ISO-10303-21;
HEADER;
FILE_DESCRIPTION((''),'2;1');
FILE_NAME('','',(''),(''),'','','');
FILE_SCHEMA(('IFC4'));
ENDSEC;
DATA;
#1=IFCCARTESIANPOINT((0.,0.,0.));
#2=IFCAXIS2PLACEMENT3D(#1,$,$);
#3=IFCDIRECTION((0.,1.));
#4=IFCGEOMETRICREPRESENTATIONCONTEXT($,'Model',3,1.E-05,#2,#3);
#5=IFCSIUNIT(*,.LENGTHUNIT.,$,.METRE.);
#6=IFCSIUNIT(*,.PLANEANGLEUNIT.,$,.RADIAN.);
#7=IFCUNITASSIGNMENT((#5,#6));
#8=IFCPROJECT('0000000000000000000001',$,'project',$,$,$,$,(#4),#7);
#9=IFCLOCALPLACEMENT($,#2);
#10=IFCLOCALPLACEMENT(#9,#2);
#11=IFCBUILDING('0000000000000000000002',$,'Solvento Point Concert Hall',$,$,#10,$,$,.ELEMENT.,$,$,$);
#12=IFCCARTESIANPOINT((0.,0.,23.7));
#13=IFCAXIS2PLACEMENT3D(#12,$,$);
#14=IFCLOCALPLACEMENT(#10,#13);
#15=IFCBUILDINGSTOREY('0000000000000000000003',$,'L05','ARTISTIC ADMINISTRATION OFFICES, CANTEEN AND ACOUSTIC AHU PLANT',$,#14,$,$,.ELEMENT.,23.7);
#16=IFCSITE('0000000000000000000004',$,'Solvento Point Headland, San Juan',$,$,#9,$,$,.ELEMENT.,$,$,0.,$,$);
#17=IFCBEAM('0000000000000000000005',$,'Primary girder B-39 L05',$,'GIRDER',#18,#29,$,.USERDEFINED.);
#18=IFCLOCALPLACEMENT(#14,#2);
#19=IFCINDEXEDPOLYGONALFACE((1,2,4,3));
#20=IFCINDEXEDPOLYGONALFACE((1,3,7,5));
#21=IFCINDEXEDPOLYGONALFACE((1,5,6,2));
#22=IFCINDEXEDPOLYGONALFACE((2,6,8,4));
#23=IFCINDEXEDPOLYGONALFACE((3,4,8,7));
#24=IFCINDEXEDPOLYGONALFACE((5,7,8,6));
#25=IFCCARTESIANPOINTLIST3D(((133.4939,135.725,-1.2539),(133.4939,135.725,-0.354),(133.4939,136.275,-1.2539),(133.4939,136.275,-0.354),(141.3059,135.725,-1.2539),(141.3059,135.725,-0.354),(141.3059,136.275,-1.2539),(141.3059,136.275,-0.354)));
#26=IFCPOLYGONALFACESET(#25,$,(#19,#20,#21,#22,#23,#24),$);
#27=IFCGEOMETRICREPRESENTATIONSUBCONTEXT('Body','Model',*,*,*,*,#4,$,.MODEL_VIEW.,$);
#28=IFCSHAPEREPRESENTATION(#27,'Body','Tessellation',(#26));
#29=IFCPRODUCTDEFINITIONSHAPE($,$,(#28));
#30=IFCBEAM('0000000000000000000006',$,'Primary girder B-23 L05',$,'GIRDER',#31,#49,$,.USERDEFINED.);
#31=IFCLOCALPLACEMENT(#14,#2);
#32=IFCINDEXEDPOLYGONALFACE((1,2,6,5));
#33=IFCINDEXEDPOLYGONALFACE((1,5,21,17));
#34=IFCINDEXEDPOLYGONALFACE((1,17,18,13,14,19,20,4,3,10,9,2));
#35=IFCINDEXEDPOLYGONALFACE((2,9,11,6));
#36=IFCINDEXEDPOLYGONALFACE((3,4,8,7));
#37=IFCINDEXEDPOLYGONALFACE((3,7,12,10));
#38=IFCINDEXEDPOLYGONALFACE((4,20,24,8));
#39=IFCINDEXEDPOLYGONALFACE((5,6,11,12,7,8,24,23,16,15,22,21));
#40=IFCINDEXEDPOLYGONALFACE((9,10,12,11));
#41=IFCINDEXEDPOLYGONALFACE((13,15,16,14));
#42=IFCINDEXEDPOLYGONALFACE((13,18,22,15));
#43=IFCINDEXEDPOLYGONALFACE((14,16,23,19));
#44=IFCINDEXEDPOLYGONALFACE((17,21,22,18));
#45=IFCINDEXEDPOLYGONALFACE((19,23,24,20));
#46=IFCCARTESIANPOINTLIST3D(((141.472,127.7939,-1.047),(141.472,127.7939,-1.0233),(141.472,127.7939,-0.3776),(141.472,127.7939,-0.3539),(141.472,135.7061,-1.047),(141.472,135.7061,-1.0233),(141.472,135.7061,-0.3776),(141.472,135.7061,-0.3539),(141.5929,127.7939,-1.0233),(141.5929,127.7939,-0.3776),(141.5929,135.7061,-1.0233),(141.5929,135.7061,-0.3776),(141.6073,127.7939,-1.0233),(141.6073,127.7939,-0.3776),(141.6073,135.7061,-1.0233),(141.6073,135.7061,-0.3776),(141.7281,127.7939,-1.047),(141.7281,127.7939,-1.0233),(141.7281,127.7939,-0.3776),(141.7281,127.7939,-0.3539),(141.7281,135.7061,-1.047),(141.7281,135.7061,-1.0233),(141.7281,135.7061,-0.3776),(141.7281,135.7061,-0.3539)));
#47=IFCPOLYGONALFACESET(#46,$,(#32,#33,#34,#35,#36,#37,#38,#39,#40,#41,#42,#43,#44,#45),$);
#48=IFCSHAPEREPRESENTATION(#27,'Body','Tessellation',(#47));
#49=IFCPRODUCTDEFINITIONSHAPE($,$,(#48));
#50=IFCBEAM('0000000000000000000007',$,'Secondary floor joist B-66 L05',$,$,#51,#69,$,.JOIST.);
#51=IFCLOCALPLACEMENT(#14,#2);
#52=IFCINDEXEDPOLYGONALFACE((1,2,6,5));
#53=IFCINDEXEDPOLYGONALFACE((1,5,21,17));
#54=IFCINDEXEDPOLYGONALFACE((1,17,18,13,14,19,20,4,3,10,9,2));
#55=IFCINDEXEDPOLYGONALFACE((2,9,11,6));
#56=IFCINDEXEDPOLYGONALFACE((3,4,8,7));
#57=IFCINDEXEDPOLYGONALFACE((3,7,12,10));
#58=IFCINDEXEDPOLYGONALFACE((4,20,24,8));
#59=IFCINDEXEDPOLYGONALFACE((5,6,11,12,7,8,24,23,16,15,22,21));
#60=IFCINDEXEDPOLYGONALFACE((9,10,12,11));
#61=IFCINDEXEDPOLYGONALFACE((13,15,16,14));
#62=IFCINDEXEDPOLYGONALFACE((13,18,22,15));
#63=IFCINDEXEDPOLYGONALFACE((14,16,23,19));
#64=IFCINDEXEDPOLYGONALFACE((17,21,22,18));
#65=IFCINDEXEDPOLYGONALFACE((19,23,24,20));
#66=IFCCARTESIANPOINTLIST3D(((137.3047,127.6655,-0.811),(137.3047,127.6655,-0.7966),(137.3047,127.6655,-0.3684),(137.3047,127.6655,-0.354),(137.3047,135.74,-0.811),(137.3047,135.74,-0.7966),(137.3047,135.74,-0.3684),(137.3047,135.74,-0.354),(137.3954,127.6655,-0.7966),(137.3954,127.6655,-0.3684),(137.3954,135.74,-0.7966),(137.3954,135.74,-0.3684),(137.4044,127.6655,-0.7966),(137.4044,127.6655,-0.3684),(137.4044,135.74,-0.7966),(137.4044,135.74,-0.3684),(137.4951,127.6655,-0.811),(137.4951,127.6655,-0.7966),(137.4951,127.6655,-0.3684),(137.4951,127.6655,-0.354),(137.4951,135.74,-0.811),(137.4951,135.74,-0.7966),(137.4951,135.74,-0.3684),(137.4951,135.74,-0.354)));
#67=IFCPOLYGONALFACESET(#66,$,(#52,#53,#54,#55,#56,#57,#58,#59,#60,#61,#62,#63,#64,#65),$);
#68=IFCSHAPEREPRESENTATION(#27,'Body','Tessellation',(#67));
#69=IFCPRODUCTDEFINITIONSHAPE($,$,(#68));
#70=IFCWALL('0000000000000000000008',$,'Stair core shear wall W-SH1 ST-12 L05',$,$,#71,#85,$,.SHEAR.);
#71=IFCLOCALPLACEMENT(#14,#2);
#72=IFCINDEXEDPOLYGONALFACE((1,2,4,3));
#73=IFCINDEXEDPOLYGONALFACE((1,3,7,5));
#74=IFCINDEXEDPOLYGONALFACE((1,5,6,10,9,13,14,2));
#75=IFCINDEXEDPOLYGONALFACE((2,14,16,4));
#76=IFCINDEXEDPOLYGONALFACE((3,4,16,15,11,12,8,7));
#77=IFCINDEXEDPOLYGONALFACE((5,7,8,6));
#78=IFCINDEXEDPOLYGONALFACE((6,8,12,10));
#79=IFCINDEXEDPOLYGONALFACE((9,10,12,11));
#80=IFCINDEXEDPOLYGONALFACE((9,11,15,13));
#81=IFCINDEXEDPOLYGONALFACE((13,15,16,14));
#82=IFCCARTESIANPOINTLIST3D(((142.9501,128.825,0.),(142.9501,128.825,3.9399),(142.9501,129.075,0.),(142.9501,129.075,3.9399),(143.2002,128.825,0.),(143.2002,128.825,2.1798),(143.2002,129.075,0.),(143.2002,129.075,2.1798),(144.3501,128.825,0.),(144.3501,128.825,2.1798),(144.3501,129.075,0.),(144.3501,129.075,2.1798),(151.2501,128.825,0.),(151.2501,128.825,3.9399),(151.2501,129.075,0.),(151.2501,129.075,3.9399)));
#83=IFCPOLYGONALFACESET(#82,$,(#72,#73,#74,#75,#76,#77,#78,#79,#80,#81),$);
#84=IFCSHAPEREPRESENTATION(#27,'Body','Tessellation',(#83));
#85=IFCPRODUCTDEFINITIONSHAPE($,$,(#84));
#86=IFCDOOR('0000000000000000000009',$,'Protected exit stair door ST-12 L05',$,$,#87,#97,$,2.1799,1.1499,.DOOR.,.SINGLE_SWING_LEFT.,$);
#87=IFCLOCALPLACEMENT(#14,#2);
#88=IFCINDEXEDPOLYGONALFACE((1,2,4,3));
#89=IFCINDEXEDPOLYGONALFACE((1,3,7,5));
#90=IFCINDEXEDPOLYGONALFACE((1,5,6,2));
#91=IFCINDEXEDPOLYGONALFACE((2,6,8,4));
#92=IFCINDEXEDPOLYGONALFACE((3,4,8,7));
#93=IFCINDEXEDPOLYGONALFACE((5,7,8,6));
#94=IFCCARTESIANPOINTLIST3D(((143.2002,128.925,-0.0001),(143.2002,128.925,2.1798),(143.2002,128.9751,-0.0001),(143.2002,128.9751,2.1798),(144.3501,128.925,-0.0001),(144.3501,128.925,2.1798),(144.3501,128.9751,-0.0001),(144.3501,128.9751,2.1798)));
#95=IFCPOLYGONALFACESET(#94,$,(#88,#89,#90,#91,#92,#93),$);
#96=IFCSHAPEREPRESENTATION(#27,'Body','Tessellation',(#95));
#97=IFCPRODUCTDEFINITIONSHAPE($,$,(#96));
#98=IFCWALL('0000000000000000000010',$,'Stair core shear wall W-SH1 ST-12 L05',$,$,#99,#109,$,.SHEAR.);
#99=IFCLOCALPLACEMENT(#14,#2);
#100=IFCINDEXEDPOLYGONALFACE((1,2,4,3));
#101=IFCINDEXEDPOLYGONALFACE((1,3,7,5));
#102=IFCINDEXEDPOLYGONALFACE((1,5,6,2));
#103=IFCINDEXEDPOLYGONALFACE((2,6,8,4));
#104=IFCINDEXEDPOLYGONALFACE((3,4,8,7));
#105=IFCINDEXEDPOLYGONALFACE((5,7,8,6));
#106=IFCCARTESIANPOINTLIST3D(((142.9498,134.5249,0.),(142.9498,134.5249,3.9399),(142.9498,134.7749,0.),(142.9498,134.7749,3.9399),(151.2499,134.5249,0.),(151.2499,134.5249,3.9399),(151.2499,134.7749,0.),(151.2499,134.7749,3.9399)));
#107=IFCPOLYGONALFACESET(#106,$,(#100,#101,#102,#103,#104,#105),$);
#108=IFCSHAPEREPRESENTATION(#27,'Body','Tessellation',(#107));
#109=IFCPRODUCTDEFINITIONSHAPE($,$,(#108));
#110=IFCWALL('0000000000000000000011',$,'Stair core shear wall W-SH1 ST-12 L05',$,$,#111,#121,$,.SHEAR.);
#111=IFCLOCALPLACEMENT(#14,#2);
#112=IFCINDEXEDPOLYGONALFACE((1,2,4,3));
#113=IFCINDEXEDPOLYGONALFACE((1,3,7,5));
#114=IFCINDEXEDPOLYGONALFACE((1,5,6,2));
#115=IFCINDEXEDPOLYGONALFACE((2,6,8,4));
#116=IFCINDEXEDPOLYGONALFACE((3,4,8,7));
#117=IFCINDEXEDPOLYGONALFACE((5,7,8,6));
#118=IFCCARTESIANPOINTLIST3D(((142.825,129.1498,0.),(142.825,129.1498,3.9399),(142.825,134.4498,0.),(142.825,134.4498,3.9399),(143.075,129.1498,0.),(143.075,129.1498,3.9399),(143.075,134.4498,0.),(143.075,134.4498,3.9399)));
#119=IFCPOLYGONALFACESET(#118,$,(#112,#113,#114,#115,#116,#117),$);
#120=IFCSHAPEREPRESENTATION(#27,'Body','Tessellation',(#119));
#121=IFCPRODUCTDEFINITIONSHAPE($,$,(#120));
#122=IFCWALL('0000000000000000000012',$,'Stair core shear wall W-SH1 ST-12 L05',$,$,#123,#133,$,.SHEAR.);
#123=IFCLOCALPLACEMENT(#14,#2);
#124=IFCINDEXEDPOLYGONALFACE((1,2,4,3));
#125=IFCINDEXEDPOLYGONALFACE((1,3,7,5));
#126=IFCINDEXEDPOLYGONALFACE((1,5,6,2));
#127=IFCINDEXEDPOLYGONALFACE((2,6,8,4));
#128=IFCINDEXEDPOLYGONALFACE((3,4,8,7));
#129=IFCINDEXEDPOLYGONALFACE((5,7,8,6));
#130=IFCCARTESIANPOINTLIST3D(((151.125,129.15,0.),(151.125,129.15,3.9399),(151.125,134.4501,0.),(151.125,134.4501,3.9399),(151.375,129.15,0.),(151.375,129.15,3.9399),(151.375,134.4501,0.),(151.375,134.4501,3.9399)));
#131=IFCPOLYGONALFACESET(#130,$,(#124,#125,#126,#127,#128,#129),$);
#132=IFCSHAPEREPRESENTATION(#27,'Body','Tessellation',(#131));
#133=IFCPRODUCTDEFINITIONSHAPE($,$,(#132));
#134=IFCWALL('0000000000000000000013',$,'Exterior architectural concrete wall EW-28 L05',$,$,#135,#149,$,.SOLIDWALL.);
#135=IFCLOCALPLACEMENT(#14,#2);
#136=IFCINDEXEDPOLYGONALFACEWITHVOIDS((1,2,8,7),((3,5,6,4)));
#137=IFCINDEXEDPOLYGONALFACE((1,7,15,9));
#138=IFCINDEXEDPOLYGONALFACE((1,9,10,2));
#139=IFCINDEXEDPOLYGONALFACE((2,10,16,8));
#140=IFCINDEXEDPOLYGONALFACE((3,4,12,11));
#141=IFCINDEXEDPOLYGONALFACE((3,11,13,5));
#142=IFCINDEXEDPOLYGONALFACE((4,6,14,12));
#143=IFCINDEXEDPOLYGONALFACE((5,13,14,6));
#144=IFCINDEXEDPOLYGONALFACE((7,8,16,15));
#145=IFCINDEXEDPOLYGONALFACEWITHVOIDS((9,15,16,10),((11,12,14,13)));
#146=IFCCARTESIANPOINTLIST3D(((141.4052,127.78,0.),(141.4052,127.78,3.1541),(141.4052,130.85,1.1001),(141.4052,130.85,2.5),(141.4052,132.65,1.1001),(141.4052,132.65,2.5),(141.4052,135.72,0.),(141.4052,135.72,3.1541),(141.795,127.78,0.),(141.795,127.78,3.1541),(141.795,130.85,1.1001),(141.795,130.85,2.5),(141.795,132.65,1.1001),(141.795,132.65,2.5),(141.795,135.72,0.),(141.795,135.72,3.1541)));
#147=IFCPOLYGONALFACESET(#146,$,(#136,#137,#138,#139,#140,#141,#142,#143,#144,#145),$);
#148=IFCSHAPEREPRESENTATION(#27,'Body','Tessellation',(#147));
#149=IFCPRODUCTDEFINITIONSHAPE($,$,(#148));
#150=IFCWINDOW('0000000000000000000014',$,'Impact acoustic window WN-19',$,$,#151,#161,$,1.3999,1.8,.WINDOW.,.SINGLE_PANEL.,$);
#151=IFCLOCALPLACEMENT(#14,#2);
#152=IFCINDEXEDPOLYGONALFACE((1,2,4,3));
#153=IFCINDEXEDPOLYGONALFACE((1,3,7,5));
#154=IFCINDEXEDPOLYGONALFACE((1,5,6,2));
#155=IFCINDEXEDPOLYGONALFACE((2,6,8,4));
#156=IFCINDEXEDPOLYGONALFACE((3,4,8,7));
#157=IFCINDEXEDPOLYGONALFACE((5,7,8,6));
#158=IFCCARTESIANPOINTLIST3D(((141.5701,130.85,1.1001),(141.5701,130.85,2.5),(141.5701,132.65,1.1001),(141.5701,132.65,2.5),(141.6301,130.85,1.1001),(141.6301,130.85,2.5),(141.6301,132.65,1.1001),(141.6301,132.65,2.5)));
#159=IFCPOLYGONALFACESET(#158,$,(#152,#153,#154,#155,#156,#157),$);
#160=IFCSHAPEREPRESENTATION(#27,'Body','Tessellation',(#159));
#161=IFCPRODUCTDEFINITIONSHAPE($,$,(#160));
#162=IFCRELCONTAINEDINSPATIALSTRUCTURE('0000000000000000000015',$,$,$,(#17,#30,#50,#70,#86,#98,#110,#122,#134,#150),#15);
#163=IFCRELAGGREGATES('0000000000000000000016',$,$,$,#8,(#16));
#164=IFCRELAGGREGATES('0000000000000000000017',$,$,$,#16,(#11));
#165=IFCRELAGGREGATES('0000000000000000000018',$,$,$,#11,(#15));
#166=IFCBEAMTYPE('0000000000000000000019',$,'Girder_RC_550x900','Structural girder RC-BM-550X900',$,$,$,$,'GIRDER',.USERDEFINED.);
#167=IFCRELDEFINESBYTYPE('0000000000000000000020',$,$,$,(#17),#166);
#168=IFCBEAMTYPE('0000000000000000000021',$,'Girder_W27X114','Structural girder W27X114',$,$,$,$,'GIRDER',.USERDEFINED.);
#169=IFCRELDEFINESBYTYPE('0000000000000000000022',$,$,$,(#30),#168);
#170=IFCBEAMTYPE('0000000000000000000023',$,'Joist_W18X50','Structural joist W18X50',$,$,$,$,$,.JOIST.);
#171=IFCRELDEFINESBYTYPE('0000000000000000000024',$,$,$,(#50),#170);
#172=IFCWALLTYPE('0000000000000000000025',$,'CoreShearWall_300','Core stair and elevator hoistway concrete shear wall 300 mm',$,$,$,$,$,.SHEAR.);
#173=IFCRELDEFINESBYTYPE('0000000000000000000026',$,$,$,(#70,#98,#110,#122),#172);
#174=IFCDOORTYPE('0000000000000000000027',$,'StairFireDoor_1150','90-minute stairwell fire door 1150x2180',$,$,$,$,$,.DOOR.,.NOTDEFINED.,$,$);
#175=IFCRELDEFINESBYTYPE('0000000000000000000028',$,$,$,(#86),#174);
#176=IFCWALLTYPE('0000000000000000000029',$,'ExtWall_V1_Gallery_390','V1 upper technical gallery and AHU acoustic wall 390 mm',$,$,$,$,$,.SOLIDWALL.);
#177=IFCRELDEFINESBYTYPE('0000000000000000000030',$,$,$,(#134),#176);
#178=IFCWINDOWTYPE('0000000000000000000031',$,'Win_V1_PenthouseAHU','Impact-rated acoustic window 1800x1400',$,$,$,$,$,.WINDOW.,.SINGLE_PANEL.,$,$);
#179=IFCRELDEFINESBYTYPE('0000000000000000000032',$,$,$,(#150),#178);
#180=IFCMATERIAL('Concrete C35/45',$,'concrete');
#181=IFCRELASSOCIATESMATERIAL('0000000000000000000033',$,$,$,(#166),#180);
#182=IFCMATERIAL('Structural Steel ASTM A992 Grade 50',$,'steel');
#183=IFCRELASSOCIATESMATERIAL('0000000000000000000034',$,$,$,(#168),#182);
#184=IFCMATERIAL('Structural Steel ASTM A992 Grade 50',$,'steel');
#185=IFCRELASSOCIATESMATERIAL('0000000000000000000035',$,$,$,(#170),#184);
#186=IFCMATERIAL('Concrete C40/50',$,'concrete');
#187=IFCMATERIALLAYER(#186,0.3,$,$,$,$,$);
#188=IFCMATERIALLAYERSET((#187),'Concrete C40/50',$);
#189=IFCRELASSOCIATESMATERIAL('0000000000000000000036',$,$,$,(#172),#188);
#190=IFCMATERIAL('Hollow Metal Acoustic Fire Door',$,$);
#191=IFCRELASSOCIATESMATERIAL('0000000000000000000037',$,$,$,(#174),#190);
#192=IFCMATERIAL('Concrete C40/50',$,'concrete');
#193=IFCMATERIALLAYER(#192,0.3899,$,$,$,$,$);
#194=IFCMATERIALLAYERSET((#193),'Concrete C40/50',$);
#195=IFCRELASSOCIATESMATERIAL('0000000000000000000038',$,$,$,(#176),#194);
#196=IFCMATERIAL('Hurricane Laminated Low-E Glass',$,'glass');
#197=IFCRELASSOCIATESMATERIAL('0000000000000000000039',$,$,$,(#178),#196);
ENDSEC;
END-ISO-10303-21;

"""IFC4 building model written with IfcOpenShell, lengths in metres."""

from ifc_helpers import new_model, si_unit, direction, frame, frame_2d, origin, origin_2d, place, context, subcontext, project, spatial, rectangle, i_section, extrude, material, layer, layer_set, material_profile, profile_set, type_object, element, fill, save


model = new_model("IFC4")

# Units and contexts
model_context = context("Model", 3, precision=1e-05, world=origin(), true_north=direction((0.0, 1.0)))
body_context = subcontext(model_context, "Body", "Model", "MODEL_VIEW")
ifc_project = project(units=[si_unit("LENGTHUNIT", "METRE"), si_unit("PLANEANGLEUNIT", "RADIAN")], contexts=[model_context])

# Site, building, storey
site_placement = place(None, origin())
site = spatial("IfcSite", under=ifc_project, at=site_placement, Name="Solvento Point Headland, San Juan", CompositionType="ELEMENT", RefElevation=0.0)
building_placement = place(site_placement, origin())
building = spatial("IfcBuilding", under=site, at=building_placement, Name="Solvento Point Concert Hall", CompositionType="ELEMENT")
storey_placement = place(building_placement, frame((0.0, 0.0, 23.7)))
storey = spatial("IfcBuildingStorey", under=building, at=storey_placement, Name="L05", Description="ARTISTIC ADMINISTRATION OFFICES, CANTEEN AND ACOUSTIC AHU PLANT", CompositionType="ELEMENT", Elevation=23.7)

# Beams
ifc_material_1 = material(Name="Concrete C35/45", Category="concrete")
ifc_material_profile_1 = material_profile(ifc_material_1, rectangle(XDim=0.55, YDim=0.8999, at=origin_2d()), Name="RC-BM-550X900")
ifc_profile_set_1 = profile_set([ifc_material_profile_1], Name="Concrete C35/45")
beam_type_1 = type_object("IfcBeamType", Name="Girder_RC_550x900", Description="Structural girder RC-BM-550X900", ElementType="GIRDER", PredefinedType="USERDEFINED", material=ifc_profile_set_1)
for number, where, z_axis, x_axis, name in (
    (1, (133.4939, 136.0, -0.804), (1.0, 0.0, 0.0), (0.0, 1.0, 0.0), "Primary girder B-39 L05"),
):
    element("IfcBeam", number, at=place(storey_placement, frame(where, z_axis=z_axis, x_axis=x_axis)), inside=storey, type_object=beam_type_1, Name=name, ObjectType="GIRDER", PredefinedType="USERDEFINED", context=body_context, shape_type="SweptSolid", body=[
        extrude(rectangle(XDim=0.55, YDim=0.8999, at=origin_2d()), origin(), (0.0, 0.0, 1.0), 7.812),
    ])
ifc_material_2 = material(Name="Structural Steel ASTM A992 Grade 50", Category="steel")
ifc_material_profile_2 = material_profile(ifc_material_2, i_section(OverallWidth=0.2561, OverallDepth=0.6931, WebThickness=0.0144, FlangeThickness=0.0237, at=origin_2d()), Name="W27X114")
ifc_profile_set_2 = profile_set([ifc_material_profile_2], Name="Structural Steel ASTM A992 Grade 50")
beam_type_2 = type_object("IfcBeamType", Name="Girder_W27X114", Description="Structural girder W27X114", ElementType="GIRDER", PredefinedType="USERDEFINED", material=ifc_profile_set_2)
beam_1_placement = place(storey_placement, frame((141.6001, 127.7939, -0.7004), z_axis=(0.0, 1.0, 0.0), x_axis=(-1.0, 0.0, 0.0)))
element("IfcBeam", 2, at=beam_1_placement, inside=storey, type_object=beam_type_2, Name="Primary girder B-23 L05", ObjectType="GIRDER", PredefinedType="USERDEFINED", context=body_context, shape_type="SweptSolid", body=[
    extrude(i_section(OverallWidth=0.2561, OverallDepth=0.6931, WebThickness=0.0144, FlangeThickness=0.0237, at=origin_2d()), origin(), (0.0, 0.0, 1.0), 7.9121),
])
ifc_material_3 = material(Name="Structural Steel ASTM A992 Grade 50", Category="steel")
ifc_material_profile_3 = material_profile(ifc_material_3, i_section(OverallWidth=0.1904, OverallDepth=0.457, WebThickness=0.009, FlangeThickness=0.0144, at=origin_2d()), Name="W18X50")
ifc_profile_set_3 = profile_set([ifc_material_profile_3], Name="Structural Steel ASTM A992 Grade 50")
beam_type_3 = type_object("IfcBeamType", Name="Joist_W18X50", Description="Structural joist W18X50", PredefinedType="JOIST", material=ifc_profile_set_3)
beam_2_placement = place(storey_placement, frame((137.3999, 127.6655, -0.5825), z_axis=(0.0, 1.0, 0.0), x_axis=(-1.0, 0.0, 0.0)))
element("IfcBeam", 3, at=beam_2_placement, inside=storey, type_object=beam_type_3, Name="Secondary floor joist B-66 L05", PredefinedType="JOIST", context=body_context, shape_type="SweptSolid", body=[
    extrude(i_section(OverallWidth=0.1904, OverallDepth=0.457, WebThickness=0.009, FlangeThickness=0.0144, at=origin_2d()), origin(), (0.0, 0.0, 1.0), 8.0745),
])

# Wall, opening, door
ifc_material_4 = material(Name="Concrete C40/50", Category="concrete")
ifc_layer_1 = layer(ifc_material_4, 0.3)
ifc_layer_set_1 = layer_set([ifc_layer_1], Name="Concrete C40/50")
wall_type_1 = type_object("IfcWallType", Name="CoreShearWall_300", Description="Core stair and elevator hoistway concrete shear wall 300 mm", PredefinedType="SHEAR", material=ifc_layer_set_1)
wall_1_placement = place(storey_placement, frame((151.25, 128.95, 0.0), z_axis=(0.0, 0.0, 1.0), x_axis=(-1.0, 0.0, 0.0)))
wall_1 = element("IfcWall", 4, at=wall_1_placement, inside=storey, type_object=wall_type_1, Name="Stair core shear wall W-SH1 ST-12 L05", PredefinedType="SHEAR", context=body_context, shape_type="SweptSolid", body=[
    extrude(rectangle(XDim=8.3, YDim=0.25, at=frame_2d((4.1499, 0.0))), origin(), (0.0, 0.0, 1.0), 3.9399),
])
opening_1_placement = place(wall_1_placement, frame((6.8999, 0.0, 0.0)))
opening_1 = element("IfcOpeningElement", 5, at=opening_1_placement, cuts=wall_1, PredefinedType="OPENING", context=body_context, shape_type="SweptSolid", body=[
    extrude(rectangle(XDim=1.1499, YDim=2.1799, at=frame_2d((0.575, 1.0898))), frame((0.0, 0.135, 0.0), z_axis=(0.0, -1.0, 0.0), x_axis=(1.0, 0.0, 0.0)), (0.0, 0.0, 1.0), 0.27),
])
ifc_material_5 = material(Name="Hollow Metal Acoustic Fire Door")
door_type = type_object("IfcDoorType", Name="StairFireDoor_1150", Description="90-minute stairwell fire door 1150x2180", OperationType="NOTDEFINED", PredefinedType="DOOR", material=ifc_material_5)
door_placement = place(opening_1_placement, origin())
door = element("IfcDoor", 6, at=door_placement, inside=storey, type_object=door_type, Name="Protected exit stair door ST-12 L05", OperationType="SINGLE_SWING_LEFT", OverallHeight=2.1799, OverallWidth=1.1499, PredefinedType="DOOR", context=body_context, shape_type="SweptSolid", body=[
    extrude(rectangle(XDim=1.1499, YDim=2.1799, at=frame_2d((0.575, 1.0898))), frame((0.0, 0.0249, 0.0), z_axis=(0.0, -1.0, 0.0), x_axis=(1.0, 0.0, 0.0)), (0.0, 0.0, 1.0), 0.05),
])
fill(opening_1, door)

# Walls
wall_2_placement = place(storey_placement, frame((142.95, 134.6499, 0.0), z_axis=(0.0, 0.0, 1.0), x_axis=(1.0, 0.0, 0.0)))
element("IfcWall", 7, at=wall_2_placement, inside=storey, type_object=wall_type_1, Name="Stair core shear wall W-SH1 ST-12 L05", PredefinedType="SHEAR", context=body_context, shape_type="SweptSolid", body=[
    extrude(rectangle(XDim=8.3, YDim=0.25, at=frame_2d((4.1499, 0.0))), origin(), (0.0, 0.0, 1.0), 3.9399),
])
for number, where, z_axis, x_axis, name in (
    (8, (142.95, 129.1499, 0.0), (0.0, 0.0, 1.0), (0.0, 1.0, 0.0), "Stair core shear wall W-SH1 ST-12 L05"),
    (9, (151.25, 134.45, 0.0), (0.0, 0.0, 1.0), (0.0, -1.0, 0.0), "Stair core shear wall W-SH1 ST-12 L05"),
):
    element("IfcWall", number, at=place(storey_placement, frame(where, z_axis=z_axis, x_axis=x_axis)), inside=storey, type_object=wall_type_1, Name=name, PredefinedType="SHEAR", context=body_context, shape_type="SweptSolid", body=[
        extrude(rectangle(XDim=5.3, YDim=0.25, at=frame_2d((2.6499, 0.0))), origin(), (0.0, 0.0, 1.0), 3.9399),
    ])

# Wall, opening, window
ifc_material_6 = material(Name="Concrete C40/50", Category="concrete")
ifc_layer_2 = layer(ifc_material_6, 0.3899)
ifc_layer_set_2 = layer_set([ifc_layer_2], Name="Concrete C40/50")
wall_type_2 = type_object("IfcWallType", Name="ExtWall_V1_Gallery_390", Description="V1 upper technical gallery and AHU acoustic wall 390 mm", PredefinedType="SOLIDWALL", material=ifc_layer_set_2)
wall_3_placement = place(storey_placement, frame((141.6001, 127.78, 0.0), z_axis=(0.0, 0.0, 1.0), x_axis=(0.0, 1.0, 0.0)))
wall_3 = element("IfcWall", 10, at=wall_3_placement, inside=storey, type_object=wall_type_2, Name="Exterior architectural concrete wall EW-28 L05", PredefinedType="SOLIDWALL", context=body_context, shape_type="SweptSolid", body=[
    extrude(rectangle(XDim=7.9399, YDim=0.3899, at=frame_2d((3.97, 0.0))), origin(), (0.0, 0.0, 1.0), 3.1541),
])
opening_2_placement = place(wall_3_placement, frame((3.0701, 0.0, 1.1001)))
opening_2 = element("IfcOpeningElement", 11, at=opening_2_placement, cuts=wall_3, PredefinedType="OPENING", context=body_context, shape_type="SweptSolid", body=[
    extrude(rectangle(XDim=1.8, YDim=1.3999, at=frame_2d((0.8999, 0.7))), frame((0.0, 0.2048, 0.0), z_axis=(0.0, -1.0, 0.0), x_axis=(1.0, 0.0, 0.0)), (0.0, 0.0, 1.0), 0.4099),
])
ifc_material_7 = material(Name="Hurricane Laminated Low-E Glass", Category="glass")
window_type = type_object("IfcWindowType", Name="Win_V1_PenthouseAHU", Description="Impact-rated acoustic window 1800x1400", PartitioningType="SINGLE_PANEL", PredefinedType="WINDOW", material=ifc_material_7)
window_1_placement = place(opening_2_placement, origin())
window_1 = element("IfcWindow", 12, at=window_1_placement, inside=storey, type_object=window_type, Name="Impact acoustic window WN-19", OverallHeight=1.3999, OverallWidth=1.8, PartitioningType="SINGLE_PANEL", PredefinedType="WINDOW", context=body_context, shape_type="SweptSolid", body=[
    extrude(rectangle(XDim=1.8, YDim=1.3999, at=frame_2d((0.8999, 0.7))), frame((0.0, 0.03, 0.0), z_axis=(0.0, -1.0, 0.0), x_axis=(1.0, 0.0, 0.0)), (0.0, 0.0, 1.0), 0.0601),
])
fill(opening_2, window_1)

save(model, "model.ifc")
